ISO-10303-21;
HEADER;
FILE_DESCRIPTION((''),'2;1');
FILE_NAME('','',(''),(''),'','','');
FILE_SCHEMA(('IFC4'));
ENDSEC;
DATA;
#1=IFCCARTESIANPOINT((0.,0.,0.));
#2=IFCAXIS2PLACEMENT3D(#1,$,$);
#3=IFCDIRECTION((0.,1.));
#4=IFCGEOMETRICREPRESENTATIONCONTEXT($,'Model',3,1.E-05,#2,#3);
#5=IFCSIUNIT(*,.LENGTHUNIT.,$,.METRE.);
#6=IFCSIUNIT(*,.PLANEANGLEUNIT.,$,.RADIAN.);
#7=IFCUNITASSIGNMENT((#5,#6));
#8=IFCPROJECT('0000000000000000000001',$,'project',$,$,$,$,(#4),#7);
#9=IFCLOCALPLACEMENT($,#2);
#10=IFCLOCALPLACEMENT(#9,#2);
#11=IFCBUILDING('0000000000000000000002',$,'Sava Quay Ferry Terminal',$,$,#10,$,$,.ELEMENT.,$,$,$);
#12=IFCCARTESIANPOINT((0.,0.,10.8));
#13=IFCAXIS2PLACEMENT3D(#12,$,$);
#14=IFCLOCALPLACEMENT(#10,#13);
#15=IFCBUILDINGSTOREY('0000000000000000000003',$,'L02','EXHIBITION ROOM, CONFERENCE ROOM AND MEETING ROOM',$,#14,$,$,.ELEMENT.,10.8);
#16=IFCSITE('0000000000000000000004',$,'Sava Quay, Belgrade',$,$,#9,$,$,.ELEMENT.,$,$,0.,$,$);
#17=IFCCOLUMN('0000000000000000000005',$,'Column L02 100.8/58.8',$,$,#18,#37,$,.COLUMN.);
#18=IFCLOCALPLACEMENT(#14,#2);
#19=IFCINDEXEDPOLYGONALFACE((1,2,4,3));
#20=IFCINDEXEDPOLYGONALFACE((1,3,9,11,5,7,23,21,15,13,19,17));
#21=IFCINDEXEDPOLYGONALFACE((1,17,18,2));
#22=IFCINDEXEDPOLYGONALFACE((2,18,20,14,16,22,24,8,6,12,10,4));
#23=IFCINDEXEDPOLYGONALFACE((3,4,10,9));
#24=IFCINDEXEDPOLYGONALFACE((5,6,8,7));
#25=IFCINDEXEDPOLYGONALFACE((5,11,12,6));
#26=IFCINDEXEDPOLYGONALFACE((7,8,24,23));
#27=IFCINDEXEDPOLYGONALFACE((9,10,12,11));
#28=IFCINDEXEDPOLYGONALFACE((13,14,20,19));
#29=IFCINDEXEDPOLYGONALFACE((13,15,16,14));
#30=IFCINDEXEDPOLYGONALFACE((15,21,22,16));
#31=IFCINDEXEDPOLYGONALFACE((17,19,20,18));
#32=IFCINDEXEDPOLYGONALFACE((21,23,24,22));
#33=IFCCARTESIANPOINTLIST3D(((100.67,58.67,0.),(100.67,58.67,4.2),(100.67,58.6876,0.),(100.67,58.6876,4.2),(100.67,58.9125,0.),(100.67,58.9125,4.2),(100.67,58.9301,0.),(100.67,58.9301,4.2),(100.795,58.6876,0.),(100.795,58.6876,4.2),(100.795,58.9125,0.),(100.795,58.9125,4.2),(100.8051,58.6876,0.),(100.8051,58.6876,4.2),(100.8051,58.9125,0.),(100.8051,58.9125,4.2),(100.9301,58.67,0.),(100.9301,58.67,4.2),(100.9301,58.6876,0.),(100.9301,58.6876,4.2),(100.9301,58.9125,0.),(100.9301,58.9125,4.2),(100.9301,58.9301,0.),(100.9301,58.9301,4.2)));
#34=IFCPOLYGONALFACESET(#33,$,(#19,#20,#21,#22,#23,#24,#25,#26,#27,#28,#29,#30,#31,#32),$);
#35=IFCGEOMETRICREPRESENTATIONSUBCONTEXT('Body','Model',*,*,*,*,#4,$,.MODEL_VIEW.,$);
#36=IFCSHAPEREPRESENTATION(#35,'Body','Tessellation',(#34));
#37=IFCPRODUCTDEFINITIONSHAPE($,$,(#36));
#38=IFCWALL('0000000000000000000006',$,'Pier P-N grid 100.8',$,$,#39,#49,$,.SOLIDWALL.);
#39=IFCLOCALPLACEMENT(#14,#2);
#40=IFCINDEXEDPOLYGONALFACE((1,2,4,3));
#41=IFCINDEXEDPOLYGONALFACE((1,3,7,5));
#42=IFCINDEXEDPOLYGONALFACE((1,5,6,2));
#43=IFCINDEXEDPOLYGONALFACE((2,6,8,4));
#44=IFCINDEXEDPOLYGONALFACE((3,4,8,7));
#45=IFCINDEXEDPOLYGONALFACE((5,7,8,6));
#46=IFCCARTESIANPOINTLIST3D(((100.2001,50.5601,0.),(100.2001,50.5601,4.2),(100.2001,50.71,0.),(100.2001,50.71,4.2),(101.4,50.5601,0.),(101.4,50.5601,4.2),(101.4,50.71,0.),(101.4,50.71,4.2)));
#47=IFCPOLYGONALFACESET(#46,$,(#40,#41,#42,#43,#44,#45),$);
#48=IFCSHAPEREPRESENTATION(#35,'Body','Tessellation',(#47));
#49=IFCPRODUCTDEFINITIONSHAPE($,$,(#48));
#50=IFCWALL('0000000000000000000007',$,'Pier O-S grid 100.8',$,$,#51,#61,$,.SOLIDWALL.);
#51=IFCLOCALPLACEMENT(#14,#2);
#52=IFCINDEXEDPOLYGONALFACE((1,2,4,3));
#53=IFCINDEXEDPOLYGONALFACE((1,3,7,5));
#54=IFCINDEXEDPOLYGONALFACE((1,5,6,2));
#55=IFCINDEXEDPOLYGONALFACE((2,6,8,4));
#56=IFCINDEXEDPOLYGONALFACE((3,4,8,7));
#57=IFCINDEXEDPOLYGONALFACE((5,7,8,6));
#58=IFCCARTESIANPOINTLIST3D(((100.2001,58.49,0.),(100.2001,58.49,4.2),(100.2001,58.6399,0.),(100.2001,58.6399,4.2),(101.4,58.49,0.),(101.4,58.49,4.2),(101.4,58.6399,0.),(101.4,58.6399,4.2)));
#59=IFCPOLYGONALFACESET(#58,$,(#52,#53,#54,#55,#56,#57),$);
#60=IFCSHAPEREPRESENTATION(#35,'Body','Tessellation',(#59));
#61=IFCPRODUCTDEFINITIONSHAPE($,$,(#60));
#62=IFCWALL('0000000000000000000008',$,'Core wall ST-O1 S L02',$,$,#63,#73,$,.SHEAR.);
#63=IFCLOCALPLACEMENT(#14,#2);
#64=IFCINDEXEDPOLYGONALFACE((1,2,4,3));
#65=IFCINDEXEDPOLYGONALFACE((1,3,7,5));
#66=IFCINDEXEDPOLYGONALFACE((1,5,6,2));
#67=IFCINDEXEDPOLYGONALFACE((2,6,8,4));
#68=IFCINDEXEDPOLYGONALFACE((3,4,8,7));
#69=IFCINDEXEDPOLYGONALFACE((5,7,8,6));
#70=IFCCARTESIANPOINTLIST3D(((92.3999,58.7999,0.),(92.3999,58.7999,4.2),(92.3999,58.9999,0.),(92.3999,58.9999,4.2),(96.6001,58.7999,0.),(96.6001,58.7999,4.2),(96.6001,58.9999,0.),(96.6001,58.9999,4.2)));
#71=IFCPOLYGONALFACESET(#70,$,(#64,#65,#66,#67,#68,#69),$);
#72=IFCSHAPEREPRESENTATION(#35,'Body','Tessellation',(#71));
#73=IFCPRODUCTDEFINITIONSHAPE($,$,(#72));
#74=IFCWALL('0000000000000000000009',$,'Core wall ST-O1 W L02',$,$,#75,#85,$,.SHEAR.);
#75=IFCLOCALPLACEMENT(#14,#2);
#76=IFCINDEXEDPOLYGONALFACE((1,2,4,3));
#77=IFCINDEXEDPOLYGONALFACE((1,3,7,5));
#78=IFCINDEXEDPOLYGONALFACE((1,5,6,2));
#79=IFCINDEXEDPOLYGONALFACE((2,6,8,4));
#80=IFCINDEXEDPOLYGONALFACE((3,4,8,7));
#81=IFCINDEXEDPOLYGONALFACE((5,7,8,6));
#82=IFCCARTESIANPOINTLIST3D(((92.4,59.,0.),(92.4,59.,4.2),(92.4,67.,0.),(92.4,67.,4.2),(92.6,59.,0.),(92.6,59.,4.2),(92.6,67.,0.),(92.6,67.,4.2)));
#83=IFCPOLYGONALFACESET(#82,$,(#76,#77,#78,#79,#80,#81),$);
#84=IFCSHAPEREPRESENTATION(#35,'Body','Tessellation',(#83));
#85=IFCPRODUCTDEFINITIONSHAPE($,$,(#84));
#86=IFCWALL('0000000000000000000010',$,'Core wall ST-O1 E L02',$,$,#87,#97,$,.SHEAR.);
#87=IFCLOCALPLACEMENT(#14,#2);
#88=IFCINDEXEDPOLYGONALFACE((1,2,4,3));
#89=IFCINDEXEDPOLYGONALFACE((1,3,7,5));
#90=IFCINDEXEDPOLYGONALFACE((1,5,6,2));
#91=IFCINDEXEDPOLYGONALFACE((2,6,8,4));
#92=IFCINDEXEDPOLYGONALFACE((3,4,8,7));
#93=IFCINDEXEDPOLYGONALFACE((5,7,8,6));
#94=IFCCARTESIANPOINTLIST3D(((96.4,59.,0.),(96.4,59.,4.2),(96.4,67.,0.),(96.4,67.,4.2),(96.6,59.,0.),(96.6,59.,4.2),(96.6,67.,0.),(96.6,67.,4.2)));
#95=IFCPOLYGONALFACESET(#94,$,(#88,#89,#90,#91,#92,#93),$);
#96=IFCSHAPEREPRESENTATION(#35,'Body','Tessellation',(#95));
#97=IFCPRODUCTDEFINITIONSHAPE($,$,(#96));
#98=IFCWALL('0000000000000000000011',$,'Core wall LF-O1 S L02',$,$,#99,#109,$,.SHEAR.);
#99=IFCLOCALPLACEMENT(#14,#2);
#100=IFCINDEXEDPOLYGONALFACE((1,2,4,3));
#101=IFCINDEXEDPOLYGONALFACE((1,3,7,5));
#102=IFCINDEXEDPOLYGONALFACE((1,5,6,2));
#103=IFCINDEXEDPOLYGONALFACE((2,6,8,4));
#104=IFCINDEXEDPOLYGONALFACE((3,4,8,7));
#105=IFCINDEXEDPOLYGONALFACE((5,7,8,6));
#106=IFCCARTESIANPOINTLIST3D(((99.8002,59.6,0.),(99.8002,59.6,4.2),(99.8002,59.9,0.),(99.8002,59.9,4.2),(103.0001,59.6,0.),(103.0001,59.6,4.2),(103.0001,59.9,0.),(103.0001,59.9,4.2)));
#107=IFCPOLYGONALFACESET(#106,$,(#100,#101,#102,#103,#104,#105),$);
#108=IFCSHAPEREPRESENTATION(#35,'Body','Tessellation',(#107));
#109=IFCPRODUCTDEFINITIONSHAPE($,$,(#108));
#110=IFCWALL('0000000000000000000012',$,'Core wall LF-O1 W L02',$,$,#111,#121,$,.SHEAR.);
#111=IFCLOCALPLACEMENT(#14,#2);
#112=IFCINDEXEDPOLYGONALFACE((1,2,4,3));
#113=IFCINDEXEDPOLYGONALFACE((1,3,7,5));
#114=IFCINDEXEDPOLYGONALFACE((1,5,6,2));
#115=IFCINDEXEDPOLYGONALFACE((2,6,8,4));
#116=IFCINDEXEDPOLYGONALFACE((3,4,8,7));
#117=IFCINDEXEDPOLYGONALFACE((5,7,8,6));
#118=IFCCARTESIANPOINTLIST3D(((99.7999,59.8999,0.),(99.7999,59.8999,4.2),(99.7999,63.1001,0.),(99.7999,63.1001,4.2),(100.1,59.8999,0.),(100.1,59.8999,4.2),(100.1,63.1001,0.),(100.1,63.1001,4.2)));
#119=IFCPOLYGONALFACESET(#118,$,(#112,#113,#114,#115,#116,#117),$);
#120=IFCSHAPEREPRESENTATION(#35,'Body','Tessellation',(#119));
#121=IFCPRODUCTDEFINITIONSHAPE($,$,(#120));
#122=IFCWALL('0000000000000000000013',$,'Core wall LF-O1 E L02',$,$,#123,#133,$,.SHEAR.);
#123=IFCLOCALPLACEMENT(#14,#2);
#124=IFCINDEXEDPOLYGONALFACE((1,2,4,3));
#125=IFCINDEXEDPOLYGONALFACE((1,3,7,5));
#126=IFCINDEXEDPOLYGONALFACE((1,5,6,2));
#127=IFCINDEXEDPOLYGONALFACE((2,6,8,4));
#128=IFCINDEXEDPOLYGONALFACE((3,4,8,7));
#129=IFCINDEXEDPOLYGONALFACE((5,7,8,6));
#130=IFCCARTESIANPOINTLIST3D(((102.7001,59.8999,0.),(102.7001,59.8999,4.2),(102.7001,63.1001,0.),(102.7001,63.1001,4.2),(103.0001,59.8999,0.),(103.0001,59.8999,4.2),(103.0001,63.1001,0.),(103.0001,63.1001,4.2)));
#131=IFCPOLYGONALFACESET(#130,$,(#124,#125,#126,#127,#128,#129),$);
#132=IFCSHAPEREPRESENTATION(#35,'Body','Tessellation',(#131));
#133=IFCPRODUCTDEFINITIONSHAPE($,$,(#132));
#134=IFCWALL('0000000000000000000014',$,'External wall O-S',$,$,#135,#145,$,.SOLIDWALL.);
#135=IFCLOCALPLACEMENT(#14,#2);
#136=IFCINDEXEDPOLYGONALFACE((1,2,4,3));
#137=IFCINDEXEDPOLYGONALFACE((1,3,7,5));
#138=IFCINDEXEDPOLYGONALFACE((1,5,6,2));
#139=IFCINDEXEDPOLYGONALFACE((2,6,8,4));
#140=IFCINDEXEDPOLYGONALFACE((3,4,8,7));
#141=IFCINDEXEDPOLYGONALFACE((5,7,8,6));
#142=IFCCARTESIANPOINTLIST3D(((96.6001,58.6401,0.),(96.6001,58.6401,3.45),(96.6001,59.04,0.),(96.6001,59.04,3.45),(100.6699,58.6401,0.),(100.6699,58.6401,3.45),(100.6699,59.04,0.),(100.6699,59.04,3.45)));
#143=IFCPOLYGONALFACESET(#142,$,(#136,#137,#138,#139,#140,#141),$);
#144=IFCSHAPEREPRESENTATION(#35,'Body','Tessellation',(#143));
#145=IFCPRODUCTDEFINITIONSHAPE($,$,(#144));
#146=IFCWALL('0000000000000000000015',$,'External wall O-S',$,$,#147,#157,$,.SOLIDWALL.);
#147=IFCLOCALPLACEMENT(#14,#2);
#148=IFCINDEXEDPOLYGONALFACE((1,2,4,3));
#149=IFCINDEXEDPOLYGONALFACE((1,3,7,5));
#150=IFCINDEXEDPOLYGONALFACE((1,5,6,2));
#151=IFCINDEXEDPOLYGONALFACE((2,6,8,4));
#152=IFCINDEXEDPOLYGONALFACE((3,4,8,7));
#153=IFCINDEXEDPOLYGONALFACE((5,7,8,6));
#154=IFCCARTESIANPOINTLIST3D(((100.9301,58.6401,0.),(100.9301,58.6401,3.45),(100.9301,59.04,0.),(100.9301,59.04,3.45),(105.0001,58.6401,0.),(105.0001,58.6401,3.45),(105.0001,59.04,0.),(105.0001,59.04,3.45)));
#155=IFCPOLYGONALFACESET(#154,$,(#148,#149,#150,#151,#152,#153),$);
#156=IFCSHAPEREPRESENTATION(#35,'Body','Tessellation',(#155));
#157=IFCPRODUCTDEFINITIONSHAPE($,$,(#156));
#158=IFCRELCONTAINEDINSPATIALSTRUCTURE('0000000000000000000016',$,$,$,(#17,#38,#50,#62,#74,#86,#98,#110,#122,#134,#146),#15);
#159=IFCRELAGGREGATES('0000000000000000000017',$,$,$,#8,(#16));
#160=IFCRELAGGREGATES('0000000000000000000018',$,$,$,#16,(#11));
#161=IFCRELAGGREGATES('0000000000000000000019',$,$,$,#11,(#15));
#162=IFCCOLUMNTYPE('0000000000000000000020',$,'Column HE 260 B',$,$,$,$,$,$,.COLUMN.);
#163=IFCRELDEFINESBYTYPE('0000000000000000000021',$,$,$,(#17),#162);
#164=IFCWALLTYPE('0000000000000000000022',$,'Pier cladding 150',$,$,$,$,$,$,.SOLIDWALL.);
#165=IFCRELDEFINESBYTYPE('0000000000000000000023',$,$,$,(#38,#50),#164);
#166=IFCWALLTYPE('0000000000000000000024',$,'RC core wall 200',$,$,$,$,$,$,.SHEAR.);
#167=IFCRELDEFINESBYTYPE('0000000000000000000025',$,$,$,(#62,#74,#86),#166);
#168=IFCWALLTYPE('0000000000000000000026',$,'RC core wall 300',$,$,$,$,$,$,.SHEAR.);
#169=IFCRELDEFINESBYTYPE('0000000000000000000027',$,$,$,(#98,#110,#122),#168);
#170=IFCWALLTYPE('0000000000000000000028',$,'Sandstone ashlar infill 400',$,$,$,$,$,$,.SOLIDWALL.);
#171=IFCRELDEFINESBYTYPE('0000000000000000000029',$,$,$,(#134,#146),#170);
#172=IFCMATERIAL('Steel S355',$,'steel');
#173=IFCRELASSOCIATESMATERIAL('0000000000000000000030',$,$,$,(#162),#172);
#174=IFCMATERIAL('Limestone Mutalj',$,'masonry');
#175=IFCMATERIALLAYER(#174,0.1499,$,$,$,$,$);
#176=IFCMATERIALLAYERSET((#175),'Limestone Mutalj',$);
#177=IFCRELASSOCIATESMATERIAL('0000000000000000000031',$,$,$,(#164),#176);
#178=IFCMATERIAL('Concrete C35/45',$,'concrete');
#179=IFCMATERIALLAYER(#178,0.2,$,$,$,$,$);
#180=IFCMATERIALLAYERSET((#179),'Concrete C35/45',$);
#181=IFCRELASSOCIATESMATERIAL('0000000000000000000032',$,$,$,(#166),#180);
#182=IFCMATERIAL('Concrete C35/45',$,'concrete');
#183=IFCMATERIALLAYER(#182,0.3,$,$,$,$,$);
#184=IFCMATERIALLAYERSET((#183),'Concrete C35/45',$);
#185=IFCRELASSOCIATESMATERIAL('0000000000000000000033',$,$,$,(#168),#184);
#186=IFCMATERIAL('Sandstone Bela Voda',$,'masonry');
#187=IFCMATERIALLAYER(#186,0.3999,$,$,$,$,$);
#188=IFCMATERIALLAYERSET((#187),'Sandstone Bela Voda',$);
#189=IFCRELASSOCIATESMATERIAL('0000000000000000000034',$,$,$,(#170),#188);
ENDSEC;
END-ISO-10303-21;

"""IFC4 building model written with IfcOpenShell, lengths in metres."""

from ifc_helpers import new_model, si_unit, direction, frame, frame_2d, origin, origin_2d, place, context, subcontext, project, spatial, rectangle, i_section, extrude, material, layer, layer_set, material_profile, profile_set, type_object, element, save


model = new_model("IFC4")

# Units and contexts
model_context = context("Model", 3, precision=1e-05, world=origin(), true_north=direction((0.0, 1.0)))
body_context = subcontext(model_context, "Body", "Model", "MODEL_VIEW")
ifc_project = project(units=[si_unit("LENGTHUNIT", "METRE"), si_unit("PLANEANGLEUNIT", "RADIAN")], contexts=[model_context])

# Site, building, storey
site_placement = place(None, origin())
site = spatial("IfcSite", under=ifc_project, at=site_placement, Name="Sava Quay, Belgrade", CompositionType="ELEMENT", RefElevation=0.0)
building_placement = place(site_placement, origin())
building = spatial("IfcBuilding", under=site, at=building_placement, Name="Sava Quay Ferry Terminal", CompositionType="ELEMENT")
storey_placement = place(building_placement, frame((0.0, 0.0, 10.8)))
storey = spatial("IfcBuildingStorey", under=building, at=storey_placement, Name="L02", Description="EXHIBITION ROOM, CONFERENCE ROOM AND MEETING ROOM", CompositionType="ELEMENT", Elevation=10.8)

# Column
ifc_material_1 = material(Name="Steel S355", Category="steel")
ifc_material_profile = material_profile(ifc_material_1, i_section(OverallWidth=0.26, OverallDepth=0.26, WebThickness=0.01, FlangeThickness=0.0176, at=origin_2d()), Name="HE 260 B")
ifc_profile_set = profile_set([ifc_material_profile], Name="Steel S355")
column_type = type_object("IfcColumnType", Name="Column HE 260 B", PredefinedType="COLUMN", material=ifc_profile_set)
column_placement = place(storey_placement, frame((100.8, 58.8, 0.0), z_axis=(0.0, 0.0, 1.0), x_axis=(1.0, 0.0, 0.0)))
element("IfcColumn", 1, at=column_placement, inside=storey, type_object=column_type, Name="Column L02 100.8/58.8", PredefinedType="COLUMN", context=body_context, shape_type="SweptSolid", body=[
    extrude(i_section(OverallWidth=0.26, OverallDepth=0.26, WebThickness=0.01, FlangeThickness=0.0176, at=origin_2d()), origin(), (0.0, 0.0, 1.0), 4.2),
])

# Walls
ifc_material_2 = material(Name="Limestone Mutalj", Category="masonry")
ifc_layer_1 = layer(ifc_material_2, 0.1499)
ifc_layer_set_1 = layer_set([ifc_layer_1], Name="Limestone Mutalj")
wall_type_1 = type_object("IfcWallType", Name="Pier cladding 150", PredefinedType="SOLIDWALL", material=ifc_layer_set_1)
for number, where, z_axis, x_axis, name in (
    (2, (100.2, 50.635, 0.0), (0.0, 0.0, 1.0), (1.0, 0.0, 0.0), "Pier P-N grid 100.8"),
    (3, (100.2, 58.5649, 0.0), (0.0, 0.0, 1.0), (1.0, 0.0, 0.0), "Pier O-S grid 100.8"),
):
    element("IfcWall", number, at=place(storey_placement, frame(where, z_axis=z_axis, x_axis=x_axis)), inside=storey, type_object=wall_type_1, Name=name, PredefinedType="SOLIDWALL", context=body_context, shape_type="SweptSolid", body=[
        extrude(rectangle(XDim=1.2, YDim=0.1499, at=frame_2d((0.6001, 0.0))), origin(), (0.0, 0.0, 1.0), 4.2),
    ])
ifc_material_3 = material(Name="Concrete C35/45", Category="concrete")
ifc_layer_2 = layer(ifc_material_3, 0.2)
ifc_layer_set_2 = layer_set([ifc_layer_2], Name="Concrete C35/45")
wall_type_2 = type_object("IfcWallType", Name="RC core wall 200", PredefinedType="SHEAR", material=ifc_layer_set_2)
wall_1_placement = place(storey_placement, frame((92.3999, 58.8999, 0.0), z_axis=(0.0, 0.0, 1.0), x_axis=(1.0, 0.0, 0.0)))
element("IfcWall", 4, at=wall_1_placement, inside=storey, type_object=wall_type_2, Name="Core wall ST-O1 S L02", PredefinedType="SHEAR", context=body_context, shape_type="SweptSolid", body=[
    extrude(rectangle(XDim=4.2002, YDim=0.2, at=frame_2d((2.1001, 0.0))), origin(), (0.0, 0.0, 1.0), 4.2),
])
for number, where, z_axis, x_axis, name in (
    (5, (92.5, 59.0, 0.0), (0.0, 0.0, 1.0), (0.0, 1.0, 0.0), "Core wall ST-O1 W L02"),
    (6, (96.5, 59.0, 0.0), (0.0, 0.0, 1.0), (0.0, 1.0, 0.0), "Core wall ST-O1 E L02"),
):
    element("IfcWall", number, at=place(storey_placement, frame(where, z_axis=z_axis, x_axis=x_axis)), inside=storey, type_object=wall_type_2, Name=name, PredefinedType="SHEAR", context=body_context, shape_type="SweptSolid", body=[
        extrude(rectangle(XDim=8.0, YDim=0.2, at=frame_2d((4.0, 0.0))), origin(), (0.0, 0.0, 1.0), 4.2),
    ])
ifc_material_4 = material(Name="Concrete C35/45", Category="concrete")
ifc_layer_3 = layer(ifc_material_4, 0.3)
ifc_layer_set_3 = layer_set([ifc_layer_3], Name="Concrete C35/45")
wall_type_3 = type_object("IfcWallType", Name="RC core wall 300", PredefinedType="SHEAR", material=ifc_layer_set_3)
wall_2_placement = place(storey_placement, frame((99.8, 59.75, 0.0), z_axis=(0.0, 0.0, 1.0), x_axis=(1.0, 0.0, 0.0)))
element("IfcWall", 7, at=wall_2_placement, inside=storey, type_object=wall_type_3, Name="Core wall LF-O1 S L02", PredefinedType="SHEAR", context=body_context, shape_type="SweptSolid", body=[
    extrude(rectangle(XDim=3.2, YDim=0.3, at=frame_2d((1.6001, 0.0))), origin(), (0.0, 0.0, 1.0), 4.2),
])
for number, where, z_axis, x_axis, name in (
    (8, (99.95, 59.8999, 0.0), (0.0, 0.0, 1.0), (0.0, 1.0, 0.0), "Core wall LF-O1 W L02"),
    (9, (102.8501, 59.8999, 0.0), (0.0, 0.0, 1.0), (0.0, 1.0, 0.0), "Core wall LF-O1 E L02"),
):
    element("IfcWall", number, at=place(storey_placement, frame(where, z_axis=z_axis, x_axis=x_axis)), inside=storey, type_object=wall_type_3, Name=name, PredefinedType="SHEAR", context=body_context, shape_type="SweptSolid", body=[
        extrude(rectangle(XDim=3.2002, YDim=0.3, at=frame_2d((1.6001, 0.0))), origin(), (0.0, 0.0, 1.0), 4.2),
    ])
ifc_material_5 = material(Name="Sandstone Bela Voda", Category="masonry")
ifc_layer_4 = layer(ifc_material_5, 0.3999)
ifc_layer_set_4 = layer_set([ifc_layer_4], Name="Sandstone Bela Voda")
wall_type_4 = type_object("IfcWallType", Name="Sandstone ashlar infill 400", PredefinedType="SOLIDWALL", material=ifc_layer_set_4)
wall_3_placement = place(storey_placement, frame((96.6001, 58.8401, 0.0), z_axis=(0.0, 0.0, 1.0), x_axis=(1.0, 0.0, 0.0)))
element("IfcWall", 10, at=wall_3_placement, inside=storey, type_object=wall_type_4, Name="External wall O-S", PredefinedType="SOLIDWALL", context=body_context, shape_type="SweptSolid", body=[
    extrude(rectangle(XDim=4.0698, YDim=0.3999, at=frame_2d((2.0349, 0.0))), origin(), (0.0, 0.0, 1.0), 3.45),
])
wall_4_placement = place(storey_placement, frame((100.9299, 58.8401, 0.0), z_axis=(0.0, 0.0, 1.0), x_axis=(1.0, 0.0, 0.0)))
element("IfcWall", 11, at=wall_4_placement, inside=storey, type_object=wall_type_4, Name="External wall O-S", PredefinedType="SOLIDWALL", context=body_context, shape_type="SweptSolid", body=[
    extrude(rectangle(XDim=4.0701, YDim=0.3999, at=frame_2d((2.0352, 0.0))), origin(), (0.0, 0.0, 1.0), 3.45),
])

save(model, "model.ifc")
